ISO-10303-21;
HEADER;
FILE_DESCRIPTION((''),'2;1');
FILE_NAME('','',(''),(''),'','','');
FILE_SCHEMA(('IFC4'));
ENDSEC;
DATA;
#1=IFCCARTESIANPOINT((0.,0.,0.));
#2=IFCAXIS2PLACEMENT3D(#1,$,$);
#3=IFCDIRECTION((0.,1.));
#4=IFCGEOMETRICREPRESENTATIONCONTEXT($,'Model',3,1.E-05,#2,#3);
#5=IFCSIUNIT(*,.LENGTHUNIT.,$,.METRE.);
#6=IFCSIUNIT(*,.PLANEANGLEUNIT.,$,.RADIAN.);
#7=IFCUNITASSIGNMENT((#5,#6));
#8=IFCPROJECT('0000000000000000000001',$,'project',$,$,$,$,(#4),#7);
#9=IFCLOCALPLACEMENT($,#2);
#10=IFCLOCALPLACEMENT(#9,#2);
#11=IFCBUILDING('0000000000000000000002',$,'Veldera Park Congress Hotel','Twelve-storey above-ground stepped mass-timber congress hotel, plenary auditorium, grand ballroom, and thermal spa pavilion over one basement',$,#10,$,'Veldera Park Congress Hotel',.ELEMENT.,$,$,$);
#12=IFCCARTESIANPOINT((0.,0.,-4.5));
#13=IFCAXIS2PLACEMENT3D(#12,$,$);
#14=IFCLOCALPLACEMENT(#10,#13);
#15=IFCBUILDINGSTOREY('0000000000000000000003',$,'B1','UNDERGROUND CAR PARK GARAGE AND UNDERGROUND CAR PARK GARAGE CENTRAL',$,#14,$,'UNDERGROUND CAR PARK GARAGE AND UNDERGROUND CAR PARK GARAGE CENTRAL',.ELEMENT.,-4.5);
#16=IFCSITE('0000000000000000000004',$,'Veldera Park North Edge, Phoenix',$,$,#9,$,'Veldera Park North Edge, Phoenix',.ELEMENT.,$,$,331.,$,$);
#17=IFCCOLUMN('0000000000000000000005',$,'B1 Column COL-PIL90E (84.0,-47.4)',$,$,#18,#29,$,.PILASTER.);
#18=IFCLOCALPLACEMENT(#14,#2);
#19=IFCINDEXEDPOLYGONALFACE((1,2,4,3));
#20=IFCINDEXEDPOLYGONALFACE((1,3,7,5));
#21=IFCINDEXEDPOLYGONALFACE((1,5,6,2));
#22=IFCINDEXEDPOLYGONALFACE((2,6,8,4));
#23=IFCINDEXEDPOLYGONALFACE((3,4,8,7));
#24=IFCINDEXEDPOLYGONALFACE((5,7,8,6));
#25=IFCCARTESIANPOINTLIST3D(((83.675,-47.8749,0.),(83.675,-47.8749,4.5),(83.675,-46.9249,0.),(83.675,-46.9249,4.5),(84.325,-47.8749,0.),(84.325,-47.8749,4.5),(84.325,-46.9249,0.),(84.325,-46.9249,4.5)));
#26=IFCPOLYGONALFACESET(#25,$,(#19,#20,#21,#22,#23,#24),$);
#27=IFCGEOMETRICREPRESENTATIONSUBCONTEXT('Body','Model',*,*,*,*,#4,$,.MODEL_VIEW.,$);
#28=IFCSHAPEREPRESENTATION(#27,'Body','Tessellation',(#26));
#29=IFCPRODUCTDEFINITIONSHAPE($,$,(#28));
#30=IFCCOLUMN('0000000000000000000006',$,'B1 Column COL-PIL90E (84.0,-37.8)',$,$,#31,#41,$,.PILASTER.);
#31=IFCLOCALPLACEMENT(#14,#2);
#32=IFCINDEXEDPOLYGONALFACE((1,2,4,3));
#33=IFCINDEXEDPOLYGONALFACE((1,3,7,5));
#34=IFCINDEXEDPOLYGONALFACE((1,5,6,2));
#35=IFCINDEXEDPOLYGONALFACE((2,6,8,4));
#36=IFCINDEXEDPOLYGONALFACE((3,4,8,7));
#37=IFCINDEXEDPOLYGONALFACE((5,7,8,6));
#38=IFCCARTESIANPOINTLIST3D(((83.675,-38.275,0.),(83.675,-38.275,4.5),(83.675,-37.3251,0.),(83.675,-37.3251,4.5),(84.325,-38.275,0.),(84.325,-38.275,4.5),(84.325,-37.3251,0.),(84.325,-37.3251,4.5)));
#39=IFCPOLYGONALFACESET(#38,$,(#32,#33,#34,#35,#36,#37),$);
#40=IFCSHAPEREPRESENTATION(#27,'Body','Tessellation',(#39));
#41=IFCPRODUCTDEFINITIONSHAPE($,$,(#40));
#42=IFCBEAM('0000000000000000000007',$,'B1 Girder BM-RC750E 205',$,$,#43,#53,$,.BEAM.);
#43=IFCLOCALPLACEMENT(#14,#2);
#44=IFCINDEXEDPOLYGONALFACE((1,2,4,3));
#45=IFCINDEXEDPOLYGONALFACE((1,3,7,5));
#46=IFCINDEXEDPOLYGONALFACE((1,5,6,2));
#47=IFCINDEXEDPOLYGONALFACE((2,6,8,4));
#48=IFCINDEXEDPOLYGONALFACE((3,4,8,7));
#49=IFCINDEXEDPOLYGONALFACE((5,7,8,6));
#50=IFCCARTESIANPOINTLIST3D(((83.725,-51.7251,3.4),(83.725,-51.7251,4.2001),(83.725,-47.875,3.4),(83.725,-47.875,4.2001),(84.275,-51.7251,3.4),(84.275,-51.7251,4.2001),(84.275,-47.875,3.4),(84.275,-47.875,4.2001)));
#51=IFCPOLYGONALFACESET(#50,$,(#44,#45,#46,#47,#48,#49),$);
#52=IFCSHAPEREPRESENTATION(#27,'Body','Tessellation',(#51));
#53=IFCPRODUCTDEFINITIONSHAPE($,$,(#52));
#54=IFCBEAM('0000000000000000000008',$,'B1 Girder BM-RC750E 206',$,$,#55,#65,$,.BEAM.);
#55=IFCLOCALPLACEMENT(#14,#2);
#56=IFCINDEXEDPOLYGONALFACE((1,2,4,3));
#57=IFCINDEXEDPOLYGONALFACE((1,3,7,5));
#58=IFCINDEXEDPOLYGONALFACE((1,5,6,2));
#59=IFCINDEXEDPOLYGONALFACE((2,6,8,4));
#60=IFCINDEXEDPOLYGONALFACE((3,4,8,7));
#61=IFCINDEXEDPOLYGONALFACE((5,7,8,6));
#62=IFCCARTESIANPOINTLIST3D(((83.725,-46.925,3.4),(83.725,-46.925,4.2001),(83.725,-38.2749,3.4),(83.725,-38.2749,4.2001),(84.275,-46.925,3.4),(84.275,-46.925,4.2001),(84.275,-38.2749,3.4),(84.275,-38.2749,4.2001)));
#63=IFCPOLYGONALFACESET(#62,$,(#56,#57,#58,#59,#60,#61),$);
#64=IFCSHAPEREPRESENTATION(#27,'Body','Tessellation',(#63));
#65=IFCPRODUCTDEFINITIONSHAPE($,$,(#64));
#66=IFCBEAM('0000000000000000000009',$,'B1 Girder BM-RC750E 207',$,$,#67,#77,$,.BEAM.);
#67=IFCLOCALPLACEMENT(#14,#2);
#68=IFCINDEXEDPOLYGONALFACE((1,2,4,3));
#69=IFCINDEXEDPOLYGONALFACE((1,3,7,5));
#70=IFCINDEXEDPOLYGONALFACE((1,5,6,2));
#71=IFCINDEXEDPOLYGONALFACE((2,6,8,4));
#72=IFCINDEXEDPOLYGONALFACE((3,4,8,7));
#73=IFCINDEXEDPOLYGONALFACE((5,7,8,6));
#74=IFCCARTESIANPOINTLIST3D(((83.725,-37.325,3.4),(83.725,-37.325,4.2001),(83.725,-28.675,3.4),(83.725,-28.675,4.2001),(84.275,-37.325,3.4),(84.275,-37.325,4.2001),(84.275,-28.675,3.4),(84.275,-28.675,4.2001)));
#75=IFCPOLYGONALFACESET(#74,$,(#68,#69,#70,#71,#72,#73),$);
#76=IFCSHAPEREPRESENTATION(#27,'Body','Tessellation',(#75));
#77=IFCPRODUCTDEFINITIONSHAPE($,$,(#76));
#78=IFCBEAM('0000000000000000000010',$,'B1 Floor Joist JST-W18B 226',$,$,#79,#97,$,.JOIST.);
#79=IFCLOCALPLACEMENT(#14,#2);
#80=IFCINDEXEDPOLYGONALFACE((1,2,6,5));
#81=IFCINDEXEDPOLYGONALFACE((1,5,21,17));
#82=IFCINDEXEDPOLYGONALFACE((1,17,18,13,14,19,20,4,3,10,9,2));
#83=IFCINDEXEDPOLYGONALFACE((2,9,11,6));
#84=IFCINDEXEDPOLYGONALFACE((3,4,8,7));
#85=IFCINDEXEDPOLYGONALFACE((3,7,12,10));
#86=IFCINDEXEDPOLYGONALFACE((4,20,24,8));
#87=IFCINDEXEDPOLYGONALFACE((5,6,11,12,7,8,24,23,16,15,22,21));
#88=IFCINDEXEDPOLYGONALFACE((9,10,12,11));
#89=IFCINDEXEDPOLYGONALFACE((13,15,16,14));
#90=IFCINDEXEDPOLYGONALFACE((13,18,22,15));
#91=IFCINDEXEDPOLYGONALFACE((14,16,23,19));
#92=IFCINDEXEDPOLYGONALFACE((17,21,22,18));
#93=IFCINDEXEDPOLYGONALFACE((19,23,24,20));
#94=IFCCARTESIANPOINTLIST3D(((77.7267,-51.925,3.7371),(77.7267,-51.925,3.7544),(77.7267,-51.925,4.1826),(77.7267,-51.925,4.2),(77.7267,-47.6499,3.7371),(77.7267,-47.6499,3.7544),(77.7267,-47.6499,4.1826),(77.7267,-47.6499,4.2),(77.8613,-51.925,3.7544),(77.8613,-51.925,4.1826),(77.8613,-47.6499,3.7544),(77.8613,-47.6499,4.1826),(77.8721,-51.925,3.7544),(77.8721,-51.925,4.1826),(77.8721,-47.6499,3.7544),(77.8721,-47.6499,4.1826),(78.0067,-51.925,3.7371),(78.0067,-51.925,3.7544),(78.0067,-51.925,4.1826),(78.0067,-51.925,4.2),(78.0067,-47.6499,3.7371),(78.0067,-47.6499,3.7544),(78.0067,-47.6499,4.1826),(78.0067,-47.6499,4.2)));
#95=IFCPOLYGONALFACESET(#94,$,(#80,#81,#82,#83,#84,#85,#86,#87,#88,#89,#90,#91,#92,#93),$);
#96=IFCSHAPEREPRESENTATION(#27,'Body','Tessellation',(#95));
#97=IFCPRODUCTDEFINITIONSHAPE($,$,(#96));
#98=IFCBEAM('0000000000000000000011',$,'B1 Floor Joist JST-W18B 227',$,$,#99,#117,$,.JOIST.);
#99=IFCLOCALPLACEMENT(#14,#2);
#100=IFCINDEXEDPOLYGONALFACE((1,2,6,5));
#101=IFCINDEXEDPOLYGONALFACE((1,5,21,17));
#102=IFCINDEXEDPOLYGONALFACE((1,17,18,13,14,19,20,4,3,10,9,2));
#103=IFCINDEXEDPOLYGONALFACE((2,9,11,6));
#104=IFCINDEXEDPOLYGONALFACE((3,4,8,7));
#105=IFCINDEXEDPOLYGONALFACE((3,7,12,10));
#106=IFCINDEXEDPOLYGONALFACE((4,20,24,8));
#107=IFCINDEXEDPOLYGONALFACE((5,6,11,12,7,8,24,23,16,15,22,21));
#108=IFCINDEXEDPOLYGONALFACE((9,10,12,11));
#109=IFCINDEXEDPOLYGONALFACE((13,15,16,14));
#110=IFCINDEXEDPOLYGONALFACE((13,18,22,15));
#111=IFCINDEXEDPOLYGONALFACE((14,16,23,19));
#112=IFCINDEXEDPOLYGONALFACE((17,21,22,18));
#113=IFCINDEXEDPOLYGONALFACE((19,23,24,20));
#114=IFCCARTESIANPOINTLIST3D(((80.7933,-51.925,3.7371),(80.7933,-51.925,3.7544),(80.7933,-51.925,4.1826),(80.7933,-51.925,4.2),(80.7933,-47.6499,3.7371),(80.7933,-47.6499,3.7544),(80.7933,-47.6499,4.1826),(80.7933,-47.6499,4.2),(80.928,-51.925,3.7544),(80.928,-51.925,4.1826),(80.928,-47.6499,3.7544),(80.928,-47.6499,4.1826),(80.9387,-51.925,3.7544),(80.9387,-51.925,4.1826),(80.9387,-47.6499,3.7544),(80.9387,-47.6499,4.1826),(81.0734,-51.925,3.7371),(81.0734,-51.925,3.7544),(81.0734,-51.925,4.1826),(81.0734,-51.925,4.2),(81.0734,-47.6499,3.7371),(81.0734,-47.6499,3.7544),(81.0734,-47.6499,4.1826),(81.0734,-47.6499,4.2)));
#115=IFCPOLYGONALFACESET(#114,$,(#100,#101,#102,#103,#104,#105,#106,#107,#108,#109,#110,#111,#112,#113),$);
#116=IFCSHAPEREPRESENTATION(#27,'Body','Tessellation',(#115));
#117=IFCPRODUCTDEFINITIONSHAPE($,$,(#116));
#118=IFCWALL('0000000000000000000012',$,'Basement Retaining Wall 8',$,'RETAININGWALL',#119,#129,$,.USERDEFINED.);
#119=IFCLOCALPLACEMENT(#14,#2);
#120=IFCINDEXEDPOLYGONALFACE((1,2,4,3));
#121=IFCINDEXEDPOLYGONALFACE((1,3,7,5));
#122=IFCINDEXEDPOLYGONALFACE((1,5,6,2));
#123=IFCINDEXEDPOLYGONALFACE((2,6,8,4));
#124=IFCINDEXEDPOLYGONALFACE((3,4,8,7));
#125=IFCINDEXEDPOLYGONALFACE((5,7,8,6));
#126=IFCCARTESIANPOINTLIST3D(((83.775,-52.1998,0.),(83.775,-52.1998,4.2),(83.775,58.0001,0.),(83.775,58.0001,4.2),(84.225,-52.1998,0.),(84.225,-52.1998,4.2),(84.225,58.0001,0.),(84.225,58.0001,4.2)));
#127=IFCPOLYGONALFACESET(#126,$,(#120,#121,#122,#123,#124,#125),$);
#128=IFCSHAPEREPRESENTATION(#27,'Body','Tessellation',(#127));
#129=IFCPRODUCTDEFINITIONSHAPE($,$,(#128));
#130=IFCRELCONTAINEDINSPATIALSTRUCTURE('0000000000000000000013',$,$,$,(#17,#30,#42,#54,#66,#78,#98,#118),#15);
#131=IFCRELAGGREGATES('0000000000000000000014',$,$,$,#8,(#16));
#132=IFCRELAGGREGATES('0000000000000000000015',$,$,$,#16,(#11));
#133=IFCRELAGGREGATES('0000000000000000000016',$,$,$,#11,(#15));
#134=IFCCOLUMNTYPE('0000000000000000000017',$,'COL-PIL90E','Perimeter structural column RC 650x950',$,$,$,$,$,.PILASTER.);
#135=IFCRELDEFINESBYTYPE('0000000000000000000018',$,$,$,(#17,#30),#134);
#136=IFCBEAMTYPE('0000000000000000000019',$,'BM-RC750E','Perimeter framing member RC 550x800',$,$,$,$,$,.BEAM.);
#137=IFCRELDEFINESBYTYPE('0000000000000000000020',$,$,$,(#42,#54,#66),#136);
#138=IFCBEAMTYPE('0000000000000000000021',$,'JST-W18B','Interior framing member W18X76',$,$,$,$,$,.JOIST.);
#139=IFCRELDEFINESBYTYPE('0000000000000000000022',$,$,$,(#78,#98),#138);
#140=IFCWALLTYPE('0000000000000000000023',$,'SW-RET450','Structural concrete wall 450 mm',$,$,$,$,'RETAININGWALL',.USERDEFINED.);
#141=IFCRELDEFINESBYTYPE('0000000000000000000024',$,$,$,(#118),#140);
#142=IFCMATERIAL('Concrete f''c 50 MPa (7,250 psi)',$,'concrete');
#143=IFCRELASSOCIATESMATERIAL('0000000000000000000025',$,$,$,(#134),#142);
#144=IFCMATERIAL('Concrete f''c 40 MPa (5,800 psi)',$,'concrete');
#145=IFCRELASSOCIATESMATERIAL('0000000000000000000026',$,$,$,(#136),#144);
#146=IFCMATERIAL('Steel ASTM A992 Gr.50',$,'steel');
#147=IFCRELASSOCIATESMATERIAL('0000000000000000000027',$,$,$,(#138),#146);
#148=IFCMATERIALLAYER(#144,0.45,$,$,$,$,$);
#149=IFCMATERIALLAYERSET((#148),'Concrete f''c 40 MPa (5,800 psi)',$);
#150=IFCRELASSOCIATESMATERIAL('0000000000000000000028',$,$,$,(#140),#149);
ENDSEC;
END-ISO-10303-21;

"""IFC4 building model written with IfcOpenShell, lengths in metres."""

from ifc_helpers import new_model, si_unit, direction, frame, frame_2d, origin, origin_2d, place, context, subcontext, project, spatial, rectangle, i_section, extrude, material, layer, layer_set, material_profile, profile_set, type_object, element, save


model = new_model("IFC4")

# Units and contexts
model_context = context("Model", 3, precision=1e-05, world=origin(), true_north=direction((0.0, 1.0)))
body_context = subcontext(model_context, "Body", "Model", "MODEL_VIEW")
ifc_project = project(units=[si_unit("LENGTHUNIT", "METRE"), si_unit("PLANEANGLEUNIT", "RADIAN")], contexts=[model_context])

# Site, building, storey
site_placement = place(None, origin())
site = spatial("IfcSite", under=ifc_project, at=site_placement, Name="Veldera Park North Edge, Phoenix", LongName="Veldera Park North Edge, Phoenix", CompositionType="ELEMENT", RefElevation=331.0)
building_placement = place(site_placement, origin())
building = spatial("IfcBuilding", under=site, at=building_placement, Name="Veldera Park Congress Hotel", Description="Twelve-storey above-ground stepped mass-timber congress hotel, plenary auditorium, grand ballroom, and thermal spa pavilion over one basement", LongName="Veldera Park Congress Hotel", CompositionType="ELEMENT")
storey_placement = place(building_placement, frame((0.0, 0.0, -4.5)))
storey = spatial("IfcBuildingStorey", under=building, at=storey_placement, Name="B1", Description="UNDERGROUND CAR PARK GARAGE AND UNDERGROUND CAR PARK GARAGE CENTRAL", LongName="UNDERGROUND CAR PARK GARAGE AND UNDERGROUND CAR PARK GARAGE CENTRAL", CompositionType="ELEMENT", Elevation=-4.5)

# Shared definitions
ifc_material_1 = material(Name="Concrete f'c 40 MPa (5,800 psi)", Category="concrete")

# Columns
ifc_material_2 = material(Name="Concrete f'c 50 MPa (7,250 psi)", Category="concrete")
ifc_material_profile_1 = material_profile(ifc_material_2, rectangle(XDim=0.6499, YDim=0.95, at=origin_2d()), Name="RC 650x950")
ifc_profile_set_1 = profile_set([ifc_material_profile_1], Name="Concrete f'c 50 MPa (7,250 psi)")
column_type = type_object("IfcColumnType", Name="COL-PIL90E", Description="Perimeter structural column RC 650x950", PredefinedType="PILASTER", material=ifc_profile_set_1)
for number, where, z_axis, x_axis, name in (
    (1, (84.0, -47.3999, 0.0), (0.0, 0.0, 1.0), (1.0, 0.0, 0.0), "B1 Column COL-PIL90E (84.0,-47.4)"),
    (2, (84.0, -37.8, 0.0), (0.0, 0.0, 1.0), (1.0, 0.0, 0.0), "B1 Column COL-PIL90E (84.0,-37.8)"),
):
    element("IfcColumn", number, at=place(storey_placement, frame(where, z_axis=z_axis, x_axis=x_axis)), inside=storey, type_object=column_type, Name=name, PredefinedType="PILASTER", context=body_context, shape_type="SweptSolid", body=[
        extrude(rectangle(XDim=0.6499, YDim=0.95, at=origin_2d()), origin(), (0.0, 0.0, 1.0), 4.5),
    ])

# Beams
ifc_material_profile_2 = material_profile(ifc_material_1, rectangle(XDim=0.55, YDim=0.8, at=origin_2d()), Name="RC 550x800")
ifc_profile_set_2 = profile_set([ifc_material_profile_2], Name="Concrete f'c 40 MPa (5,800 psi)")
beam_type_1 = type_object("IfcBeamType", Name="BM-RC750E", Description="Perimeter framing member RC 550x800", PredefinedType="BEAM", material=ifc_profile_set_2)
beam_1_placement = place(storey_placement, frame((84.0, -51.7251, 3.8), z_axis=(0.0, 1.0, 0.0), x_axis=(-1.0, 0.0, 0.0)))
element("IfcBeam", 3, at=beam_1_placement, inside=storey, type_object=beam_type_1, Name="B1 Girder BM-RC750E 205", PredefinedType="BEAM", context=body_context, shape_type="SweptSolid", body=[
    extrude(rectangle(XDim=0.55, YDim=0.8, at=origin_2d()), origin(), (0.0, 0.0, 1.0), 3.8501),
])
beam_2_placement = place(storey_placement, frame((84.0, -46.925, 3.8), z_axis=(0.0, 1.0, 0.0), x_axis=(-1.0, 0.0, 0.0)))
element("IfcBeam", 4, at=beam_2_placement, inside=storey, type_object=beam_type_1, Name="B1 Girder BM-RC750E 206", PredefinedType="BEAM", context=body_context, shape_type="SweptSolid", body=[
    extrude(rectangle(XDim=0.55, YDim=0.8, at=origin_2d()), origin(), (0.0, 0.0, 1.0), 8.6501),
])
beam_3_placement = place(storey_placement, frame((84.0, -37.325, 3.8), z_axis=(0.0, 1.0, 0.0), x_axis=(-1.0, 0.0, 0.0)))
element("IfcBeam", 5, at=beam_3_placement, inside=storey, type_object=beam_type_1, Name="B1 Girder BM-RC750E 207", PredefinedType="BEAM", context=body_context, shape_type="SweptSolid", body=[
    extrude(rectangle(XDim=0.55, YDim=0.8, at=origin_2d()), origin(), (0.0, 0.0, 1.0), 8.6499),
])
ifc_material_3 = material(Name="Steel ASTM A992 Gr.50", Category="steel")
ifc_material_profile_3 = material_profile(ifc_material_3, i_section(OverallWidth=0.28, OverallDepth=0.4629, WebThickness=0.0107, FlangeThickness=0.0173, at=origin_2d()), Name="W18X76")
ifc_profile_set_3 = profile_set([ifc_material_profile_3], Name="Steel ASTM A992 Gr.50")
beam_type_2 = type_object("IfcBeamType", Name="JST-W18B", Description="Interior framing member W18X76", PredefinedType="JOIST", material=ifc_profile_set_3)
for number, where, z_axis, x_axis, name in (
    (6, (77.8667, -51.925, 3.9685), (0.0, 1.0, 0.0), (-1.0, 0.0, 0.0), "B1 Floor Joist JST-W18B 226"),
    (7, (80.9333, -51.925, 3.9685), (0.0, 1.0, 0.0), (-1.0, 0.0, 0.0), "B1 Floor Joist JST-W18B 227"),
):
    element("IfcBeam", number, at=place(storey_placement, frame(where, z_axis=z_axis, x_axis=x_axis)), inside=storey, type_object=beam_type_2, Name=name, PredefinedType="JOIST", context=body_context, shape_type="SweptSolid", body=[
        extrude(i_section(OverallWidth=0.28, OverallDepth=0.4629, WebThickness=0.0107, FlangeThickness=0.0173, at=origin_2d()), origin(), (0.0, 0.0, 1.0), 4.2751),
    ])

# Wall
ifc_layer = layer(ifc_material_1, 0.45)
ifc_layer_set = layer_set([ifc_layer], Name="Concrete f'c 40 MPa (5,800 psi)")
wall_type = type_object("IfcWallType", Name="SW-RET450", Description="Structural concrete wall 450 mm", ElementType="RETAININGWALL", PredefinedType="USERDEFINED", material=ifc_layer_set)
wall_placement = place(storey_placement, frame((84.0, -52.2, 0.0), z_axis=(0.0, 0.0, 1.0), x_axis=(0.0, 1.0, 0.0)))
element("IfcWall", 8, at=wall_placement, inside=storey, type_object=wall_type, Name="Basement Retaining Wall 8", ObjectType="RETAININGWALL", PredefinedType="USERDEFINED", context=body_context, shape_type="SweptSolid", body=[
    extrude(rectangle(XDim=110.2, YDim=0.45, at=frame_2d((55.1001, 0.0))), origin(), (0.0, 0.0, 1.0), 4.2),
])

save(model, "model.ifc")
